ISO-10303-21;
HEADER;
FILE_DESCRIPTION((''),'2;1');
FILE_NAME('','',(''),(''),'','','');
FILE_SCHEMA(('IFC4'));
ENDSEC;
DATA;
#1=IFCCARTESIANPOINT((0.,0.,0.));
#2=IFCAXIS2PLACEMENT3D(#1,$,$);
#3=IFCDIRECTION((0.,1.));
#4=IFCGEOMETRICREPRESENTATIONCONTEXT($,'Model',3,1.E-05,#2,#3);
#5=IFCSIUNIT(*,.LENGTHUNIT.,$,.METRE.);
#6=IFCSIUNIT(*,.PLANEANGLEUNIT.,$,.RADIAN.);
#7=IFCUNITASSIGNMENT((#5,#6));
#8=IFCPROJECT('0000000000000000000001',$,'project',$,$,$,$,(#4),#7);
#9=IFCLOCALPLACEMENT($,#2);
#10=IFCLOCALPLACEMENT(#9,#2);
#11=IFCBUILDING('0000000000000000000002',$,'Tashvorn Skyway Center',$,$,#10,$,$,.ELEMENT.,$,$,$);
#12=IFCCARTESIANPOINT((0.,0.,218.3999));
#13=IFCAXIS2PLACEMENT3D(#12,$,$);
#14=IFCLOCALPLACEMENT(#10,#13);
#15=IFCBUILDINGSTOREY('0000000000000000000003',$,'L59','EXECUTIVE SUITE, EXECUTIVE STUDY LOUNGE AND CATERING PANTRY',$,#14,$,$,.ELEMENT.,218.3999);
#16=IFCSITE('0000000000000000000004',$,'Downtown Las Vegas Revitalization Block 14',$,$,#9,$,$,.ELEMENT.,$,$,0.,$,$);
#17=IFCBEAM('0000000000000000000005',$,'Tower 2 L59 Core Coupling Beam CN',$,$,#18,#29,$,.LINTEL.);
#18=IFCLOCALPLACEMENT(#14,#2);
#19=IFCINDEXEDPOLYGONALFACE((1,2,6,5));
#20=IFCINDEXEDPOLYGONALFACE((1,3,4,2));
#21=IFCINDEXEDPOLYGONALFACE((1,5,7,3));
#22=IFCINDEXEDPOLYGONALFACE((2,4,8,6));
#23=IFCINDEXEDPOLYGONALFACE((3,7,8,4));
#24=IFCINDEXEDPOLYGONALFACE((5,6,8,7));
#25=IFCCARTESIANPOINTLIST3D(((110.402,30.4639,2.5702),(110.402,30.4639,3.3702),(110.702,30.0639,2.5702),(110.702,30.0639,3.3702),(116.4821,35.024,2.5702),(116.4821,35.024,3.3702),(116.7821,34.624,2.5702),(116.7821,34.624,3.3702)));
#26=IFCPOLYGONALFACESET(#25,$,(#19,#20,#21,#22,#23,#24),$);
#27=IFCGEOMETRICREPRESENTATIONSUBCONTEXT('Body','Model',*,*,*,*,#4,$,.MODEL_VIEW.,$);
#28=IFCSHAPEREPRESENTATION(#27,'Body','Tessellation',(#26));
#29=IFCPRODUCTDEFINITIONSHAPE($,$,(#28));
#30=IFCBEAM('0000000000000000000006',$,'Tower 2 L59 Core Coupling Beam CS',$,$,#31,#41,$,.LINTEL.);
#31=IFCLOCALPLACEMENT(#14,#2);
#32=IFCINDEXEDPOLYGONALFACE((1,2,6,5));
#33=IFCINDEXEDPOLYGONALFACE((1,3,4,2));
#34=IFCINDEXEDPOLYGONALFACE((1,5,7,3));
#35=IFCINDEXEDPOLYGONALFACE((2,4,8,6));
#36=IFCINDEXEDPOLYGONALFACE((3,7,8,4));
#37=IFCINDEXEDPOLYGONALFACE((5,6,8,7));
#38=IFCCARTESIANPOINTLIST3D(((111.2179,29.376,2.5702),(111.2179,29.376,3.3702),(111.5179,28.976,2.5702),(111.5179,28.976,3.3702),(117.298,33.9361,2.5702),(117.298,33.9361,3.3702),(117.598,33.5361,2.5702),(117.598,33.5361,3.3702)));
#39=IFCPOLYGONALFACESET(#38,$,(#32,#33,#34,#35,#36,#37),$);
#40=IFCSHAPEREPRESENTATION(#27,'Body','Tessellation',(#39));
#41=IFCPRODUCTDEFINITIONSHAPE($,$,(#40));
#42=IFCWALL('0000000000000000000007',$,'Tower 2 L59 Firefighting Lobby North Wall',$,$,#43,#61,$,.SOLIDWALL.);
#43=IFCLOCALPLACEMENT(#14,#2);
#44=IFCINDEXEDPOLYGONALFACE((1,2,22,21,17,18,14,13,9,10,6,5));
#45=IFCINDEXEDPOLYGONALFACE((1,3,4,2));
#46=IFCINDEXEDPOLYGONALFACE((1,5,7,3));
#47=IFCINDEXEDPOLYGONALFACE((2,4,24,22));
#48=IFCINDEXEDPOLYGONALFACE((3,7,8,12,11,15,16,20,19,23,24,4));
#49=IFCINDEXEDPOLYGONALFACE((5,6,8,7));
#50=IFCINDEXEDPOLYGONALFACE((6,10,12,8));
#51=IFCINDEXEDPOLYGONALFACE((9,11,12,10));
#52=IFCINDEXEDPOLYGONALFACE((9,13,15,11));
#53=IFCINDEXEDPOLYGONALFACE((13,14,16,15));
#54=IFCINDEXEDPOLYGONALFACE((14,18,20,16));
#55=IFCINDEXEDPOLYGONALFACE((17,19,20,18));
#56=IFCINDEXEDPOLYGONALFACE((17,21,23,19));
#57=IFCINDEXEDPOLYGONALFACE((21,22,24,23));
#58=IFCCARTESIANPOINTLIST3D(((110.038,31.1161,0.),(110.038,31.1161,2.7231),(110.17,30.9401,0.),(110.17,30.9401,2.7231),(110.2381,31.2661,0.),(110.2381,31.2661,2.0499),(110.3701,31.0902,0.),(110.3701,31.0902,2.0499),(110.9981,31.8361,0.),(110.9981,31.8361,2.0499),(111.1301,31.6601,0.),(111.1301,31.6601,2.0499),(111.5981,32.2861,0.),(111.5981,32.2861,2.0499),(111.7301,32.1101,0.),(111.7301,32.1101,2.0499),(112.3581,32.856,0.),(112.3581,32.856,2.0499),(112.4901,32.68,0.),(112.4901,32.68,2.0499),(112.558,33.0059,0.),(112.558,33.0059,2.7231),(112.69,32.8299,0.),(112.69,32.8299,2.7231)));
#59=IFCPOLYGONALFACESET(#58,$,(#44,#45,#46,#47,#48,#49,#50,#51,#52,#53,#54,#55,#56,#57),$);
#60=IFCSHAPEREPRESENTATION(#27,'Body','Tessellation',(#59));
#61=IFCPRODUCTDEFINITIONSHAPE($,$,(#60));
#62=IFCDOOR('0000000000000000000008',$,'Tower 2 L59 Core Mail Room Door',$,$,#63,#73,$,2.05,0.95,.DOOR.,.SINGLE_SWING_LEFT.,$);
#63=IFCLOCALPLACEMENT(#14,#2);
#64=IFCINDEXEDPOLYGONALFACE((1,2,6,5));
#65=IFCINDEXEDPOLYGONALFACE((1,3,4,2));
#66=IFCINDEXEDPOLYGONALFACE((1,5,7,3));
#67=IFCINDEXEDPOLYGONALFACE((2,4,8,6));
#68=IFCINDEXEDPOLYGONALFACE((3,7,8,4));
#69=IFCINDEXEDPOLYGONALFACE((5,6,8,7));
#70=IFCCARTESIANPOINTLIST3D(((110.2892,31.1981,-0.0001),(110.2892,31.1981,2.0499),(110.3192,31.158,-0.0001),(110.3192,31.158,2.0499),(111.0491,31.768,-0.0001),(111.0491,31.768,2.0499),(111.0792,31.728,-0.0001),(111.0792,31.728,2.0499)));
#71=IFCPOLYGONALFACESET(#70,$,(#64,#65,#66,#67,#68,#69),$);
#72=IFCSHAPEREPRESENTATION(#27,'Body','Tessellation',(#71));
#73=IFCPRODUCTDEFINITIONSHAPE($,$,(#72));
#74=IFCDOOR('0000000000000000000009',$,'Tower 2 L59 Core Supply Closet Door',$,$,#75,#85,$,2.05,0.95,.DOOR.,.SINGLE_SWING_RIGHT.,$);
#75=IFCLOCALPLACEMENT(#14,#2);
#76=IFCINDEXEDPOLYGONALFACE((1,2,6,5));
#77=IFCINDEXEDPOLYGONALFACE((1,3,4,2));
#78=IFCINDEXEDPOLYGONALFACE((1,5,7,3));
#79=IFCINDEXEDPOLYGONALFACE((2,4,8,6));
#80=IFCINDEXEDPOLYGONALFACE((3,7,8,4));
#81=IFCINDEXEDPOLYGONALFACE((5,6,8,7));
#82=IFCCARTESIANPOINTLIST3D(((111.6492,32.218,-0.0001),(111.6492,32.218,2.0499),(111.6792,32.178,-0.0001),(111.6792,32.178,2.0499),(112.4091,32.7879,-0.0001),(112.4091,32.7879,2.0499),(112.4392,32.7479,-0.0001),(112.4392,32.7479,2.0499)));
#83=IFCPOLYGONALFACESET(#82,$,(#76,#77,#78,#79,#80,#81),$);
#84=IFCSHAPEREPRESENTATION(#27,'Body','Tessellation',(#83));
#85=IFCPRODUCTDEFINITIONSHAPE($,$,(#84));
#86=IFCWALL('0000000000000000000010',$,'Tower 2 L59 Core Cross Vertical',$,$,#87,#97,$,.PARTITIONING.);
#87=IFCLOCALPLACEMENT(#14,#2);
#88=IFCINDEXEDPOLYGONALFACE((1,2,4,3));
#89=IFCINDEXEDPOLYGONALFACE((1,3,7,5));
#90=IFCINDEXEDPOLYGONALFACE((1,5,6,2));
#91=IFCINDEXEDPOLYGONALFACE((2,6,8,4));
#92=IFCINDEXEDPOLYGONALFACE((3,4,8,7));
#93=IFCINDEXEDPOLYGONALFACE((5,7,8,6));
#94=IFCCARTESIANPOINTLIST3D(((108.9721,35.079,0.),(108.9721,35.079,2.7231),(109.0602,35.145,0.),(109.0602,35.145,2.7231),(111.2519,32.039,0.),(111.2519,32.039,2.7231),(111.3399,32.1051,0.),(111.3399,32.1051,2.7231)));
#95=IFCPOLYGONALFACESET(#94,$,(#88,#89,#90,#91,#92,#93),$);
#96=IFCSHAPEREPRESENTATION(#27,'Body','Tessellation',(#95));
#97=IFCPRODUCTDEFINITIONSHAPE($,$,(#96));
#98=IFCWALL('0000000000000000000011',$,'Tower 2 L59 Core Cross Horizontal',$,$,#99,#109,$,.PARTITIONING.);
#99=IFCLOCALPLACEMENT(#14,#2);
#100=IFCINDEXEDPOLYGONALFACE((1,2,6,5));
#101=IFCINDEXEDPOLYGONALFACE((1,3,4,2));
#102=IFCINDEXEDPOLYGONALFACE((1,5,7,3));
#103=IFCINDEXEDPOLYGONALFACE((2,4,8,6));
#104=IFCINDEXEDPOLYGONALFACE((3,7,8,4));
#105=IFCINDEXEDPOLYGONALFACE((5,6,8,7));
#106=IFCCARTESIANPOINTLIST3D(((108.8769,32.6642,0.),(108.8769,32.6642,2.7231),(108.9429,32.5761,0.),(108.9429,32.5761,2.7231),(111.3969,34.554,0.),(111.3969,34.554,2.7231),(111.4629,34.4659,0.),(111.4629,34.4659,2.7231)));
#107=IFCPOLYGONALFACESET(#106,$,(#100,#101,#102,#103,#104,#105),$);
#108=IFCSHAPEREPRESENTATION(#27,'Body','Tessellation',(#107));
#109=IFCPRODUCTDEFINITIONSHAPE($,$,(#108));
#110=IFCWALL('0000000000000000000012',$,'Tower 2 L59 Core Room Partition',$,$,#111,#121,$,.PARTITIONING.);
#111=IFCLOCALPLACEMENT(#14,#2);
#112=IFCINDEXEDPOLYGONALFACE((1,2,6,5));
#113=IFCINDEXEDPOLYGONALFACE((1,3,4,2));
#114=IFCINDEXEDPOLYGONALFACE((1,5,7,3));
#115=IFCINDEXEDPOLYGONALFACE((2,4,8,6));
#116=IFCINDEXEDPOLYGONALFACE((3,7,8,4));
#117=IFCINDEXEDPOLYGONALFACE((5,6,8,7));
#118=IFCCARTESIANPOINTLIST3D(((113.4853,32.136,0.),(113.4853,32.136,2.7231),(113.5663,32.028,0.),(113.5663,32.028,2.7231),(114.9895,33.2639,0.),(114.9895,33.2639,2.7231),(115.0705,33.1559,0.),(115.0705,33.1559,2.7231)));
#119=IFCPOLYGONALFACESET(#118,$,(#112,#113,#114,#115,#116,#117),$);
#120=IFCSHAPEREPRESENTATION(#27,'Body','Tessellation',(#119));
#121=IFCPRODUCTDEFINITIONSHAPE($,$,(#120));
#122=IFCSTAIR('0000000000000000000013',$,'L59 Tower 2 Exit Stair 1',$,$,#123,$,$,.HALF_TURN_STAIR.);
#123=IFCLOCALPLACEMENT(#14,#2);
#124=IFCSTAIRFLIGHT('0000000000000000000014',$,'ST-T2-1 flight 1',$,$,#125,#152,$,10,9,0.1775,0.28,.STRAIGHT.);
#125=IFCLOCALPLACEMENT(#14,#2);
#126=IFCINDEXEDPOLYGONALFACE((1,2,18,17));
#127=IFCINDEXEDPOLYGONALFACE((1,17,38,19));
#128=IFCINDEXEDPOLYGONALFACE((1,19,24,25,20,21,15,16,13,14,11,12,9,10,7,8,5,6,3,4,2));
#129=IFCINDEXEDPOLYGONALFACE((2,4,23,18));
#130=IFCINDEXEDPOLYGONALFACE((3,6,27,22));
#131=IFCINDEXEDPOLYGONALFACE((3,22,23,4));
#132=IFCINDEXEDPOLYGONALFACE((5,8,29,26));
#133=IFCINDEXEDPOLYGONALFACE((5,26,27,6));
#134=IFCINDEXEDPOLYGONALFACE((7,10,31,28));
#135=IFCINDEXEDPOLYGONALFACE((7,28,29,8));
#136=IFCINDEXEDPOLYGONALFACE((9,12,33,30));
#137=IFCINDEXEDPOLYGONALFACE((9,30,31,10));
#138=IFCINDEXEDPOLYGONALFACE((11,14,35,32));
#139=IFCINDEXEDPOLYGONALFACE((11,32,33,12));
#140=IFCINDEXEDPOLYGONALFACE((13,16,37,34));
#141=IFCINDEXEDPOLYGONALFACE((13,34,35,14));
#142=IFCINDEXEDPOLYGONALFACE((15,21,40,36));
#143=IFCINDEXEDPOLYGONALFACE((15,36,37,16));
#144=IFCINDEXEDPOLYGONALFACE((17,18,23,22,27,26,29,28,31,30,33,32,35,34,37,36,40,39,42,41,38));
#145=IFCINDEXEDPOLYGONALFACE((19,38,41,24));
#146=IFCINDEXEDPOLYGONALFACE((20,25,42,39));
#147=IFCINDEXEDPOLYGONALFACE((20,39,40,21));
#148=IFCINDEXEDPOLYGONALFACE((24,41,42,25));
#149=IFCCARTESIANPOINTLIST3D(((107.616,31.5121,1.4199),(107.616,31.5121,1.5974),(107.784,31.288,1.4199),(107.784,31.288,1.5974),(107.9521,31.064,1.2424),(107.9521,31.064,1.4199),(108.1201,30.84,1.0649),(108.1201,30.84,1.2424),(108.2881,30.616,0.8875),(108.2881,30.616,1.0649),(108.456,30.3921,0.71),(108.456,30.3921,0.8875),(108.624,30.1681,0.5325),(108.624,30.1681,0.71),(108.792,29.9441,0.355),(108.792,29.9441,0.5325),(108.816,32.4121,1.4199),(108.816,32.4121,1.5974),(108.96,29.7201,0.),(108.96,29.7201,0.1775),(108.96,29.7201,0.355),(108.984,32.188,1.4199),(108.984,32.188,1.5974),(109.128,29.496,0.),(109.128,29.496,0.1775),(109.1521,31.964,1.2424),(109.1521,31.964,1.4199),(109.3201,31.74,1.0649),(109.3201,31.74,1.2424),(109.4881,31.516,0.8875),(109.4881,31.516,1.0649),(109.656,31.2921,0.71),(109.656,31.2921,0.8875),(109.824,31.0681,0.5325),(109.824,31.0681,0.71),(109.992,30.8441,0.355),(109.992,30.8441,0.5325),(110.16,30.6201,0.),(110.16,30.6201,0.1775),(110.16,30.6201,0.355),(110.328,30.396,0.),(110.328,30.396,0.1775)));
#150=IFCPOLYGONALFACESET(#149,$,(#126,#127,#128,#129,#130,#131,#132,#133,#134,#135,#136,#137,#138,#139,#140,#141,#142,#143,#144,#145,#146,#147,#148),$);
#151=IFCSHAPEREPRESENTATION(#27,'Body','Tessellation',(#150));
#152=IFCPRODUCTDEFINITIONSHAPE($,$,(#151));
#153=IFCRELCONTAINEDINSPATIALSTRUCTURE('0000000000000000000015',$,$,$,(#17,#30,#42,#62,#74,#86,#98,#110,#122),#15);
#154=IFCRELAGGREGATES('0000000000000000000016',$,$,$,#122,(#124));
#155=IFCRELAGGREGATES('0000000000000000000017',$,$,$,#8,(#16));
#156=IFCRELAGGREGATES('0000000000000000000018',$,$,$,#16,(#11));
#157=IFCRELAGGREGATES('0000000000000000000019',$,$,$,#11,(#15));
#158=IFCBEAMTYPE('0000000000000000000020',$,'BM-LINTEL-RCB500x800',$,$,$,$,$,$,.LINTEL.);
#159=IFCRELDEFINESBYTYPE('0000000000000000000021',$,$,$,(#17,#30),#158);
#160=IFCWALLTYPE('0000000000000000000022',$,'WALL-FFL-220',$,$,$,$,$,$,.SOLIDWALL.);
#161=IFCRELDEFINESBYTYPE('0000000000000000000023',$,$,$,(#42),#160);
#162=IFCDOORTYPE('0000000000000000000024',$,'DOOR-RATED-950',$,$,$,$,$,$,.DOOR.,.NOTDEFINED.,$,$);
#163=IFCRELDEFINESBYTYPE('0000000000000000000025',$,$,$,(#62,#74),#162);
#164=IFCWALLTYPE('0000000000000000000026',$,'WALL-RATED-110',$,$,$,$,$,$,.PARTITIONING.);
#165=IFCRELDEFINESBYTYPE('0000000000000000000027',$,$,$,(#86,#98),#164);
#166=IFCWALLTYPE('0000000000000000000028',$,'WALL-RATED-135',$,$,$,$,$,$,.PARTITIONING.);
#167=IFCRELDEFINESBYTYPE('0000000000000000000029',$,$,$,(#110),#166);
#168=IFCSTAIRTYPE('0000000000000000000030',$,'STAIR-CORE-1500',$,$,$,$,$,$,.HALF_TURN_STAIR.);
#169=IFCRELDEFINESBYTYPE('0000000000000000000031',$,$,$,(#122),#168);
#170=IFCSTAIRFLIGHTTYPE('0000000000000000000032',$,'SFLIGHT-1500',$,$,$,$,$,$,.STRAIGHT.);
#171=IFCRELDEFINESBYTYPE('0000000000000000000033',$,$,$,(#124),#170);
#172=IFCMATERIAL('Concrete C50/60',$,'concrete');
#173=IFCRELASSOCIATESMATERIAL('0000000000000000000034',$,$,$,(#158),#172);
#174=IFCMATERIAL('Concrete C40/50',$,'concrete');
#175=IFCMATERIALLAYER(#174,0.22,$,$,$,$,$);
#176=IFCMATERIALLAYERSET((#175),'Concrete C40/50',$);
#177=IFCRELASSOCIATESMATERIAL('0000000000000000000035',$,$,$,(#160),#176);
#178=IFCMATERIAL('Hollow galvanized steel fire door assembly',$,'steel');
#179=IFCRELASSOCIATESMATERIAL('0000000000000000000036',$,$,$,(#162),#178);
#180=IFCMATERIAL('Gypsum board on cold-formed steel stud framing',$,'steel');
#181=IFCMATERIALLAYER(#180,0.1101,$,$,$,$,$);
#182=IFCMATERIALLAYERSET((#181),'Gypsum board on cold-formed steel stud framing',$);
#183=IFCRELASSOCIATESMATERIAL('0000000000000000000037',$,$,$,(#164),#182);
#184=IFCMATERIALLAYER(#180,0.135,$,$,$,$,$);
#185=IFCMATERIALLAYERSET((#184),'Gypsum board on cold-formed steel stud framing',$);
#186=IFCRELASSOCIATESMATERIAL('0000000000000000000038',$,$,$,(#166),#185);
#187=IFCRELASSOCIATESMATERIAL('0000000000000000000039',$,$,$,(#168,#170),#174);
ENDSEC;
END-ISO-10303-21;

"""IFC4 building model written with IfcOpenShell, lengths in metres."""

from ifc_helpers import new_model, si_unit, direction, frame, frame_2d, origin, origin_2d, place, context, subcontext, project, spatial, polyline, rectangle, outline, extrude, material, layer, layer_set, material_profile, profile_set, type_object, element, fill, aggregate, save


model = new_model("IFC4")

# Units and contexts
model_context = context("Model", 3, precision=1e-05, world=origin(), true_north=direction((0.0, 1.0)))
body_context = subcontext(model_context, "Body", "Model", "MODEL_VIEW")
ifc_project = project(units=[si_unit("LENGTHUNIT", "METRE"), si_unit("PLANEANGLEUNIT", "RADIAN")], contexts=[model_context])

# Site, building, storey
site_placement = place(None, origin())
site = spatial("IfcSite", under=ifc_project, at=site_placement, Name="Downtown Las Vegas Revitalization Block 14", CompositionType="ELEMENT", RefElevation=0.0)
building_placement = place(site_placement, origin())
building = spatial("IfcBuilding", under=site, at=building_placement, Name="Tashvorn Skyway Center", CompositionType="ELEMENT")
storey_placement = place(building_placement, frame((0.0, 0.0, 218.3999)))
storey = spatial("IfcBuildingStorey", under=building, at=storey_placement, Name="L59", Description="EXECUTIVE SUITE, EXECUTIVE STUDY LOUNGE AND CATERING PANTRY", CompositionType="ELEMENT", Elevation=218.3999)

# Beams
ifc_material_1 = material(Name="Concrete C50/60", Category="concrete")
ifc_material_profile = material_profile(ifc_material_1, rectangle(XDim=0.5, YDim=0.8, at=origin_2d()), Name="RCB500x800")
ifc_profile_set = profile_set([ifc_material_profile], Name="Concrete C50/60")
beam_type = type_object("IfcBeamType", Name="BM-LINTEL-RCB500x800", PredefinedType="LINTEL", material=ifc_profile_set)
for number, where, z_axis, x_axis, name in (
    (1, (110.552, 30.2639, 2.9702), (0.8, 0.6, 0.0), (-0.6, 0.8, 0.0), "Tower 2 L59 Core Coupling Beam CN"),
    (2, (111.3679, 29.176, 2.9702), (0.8, 0.6, 0.0), (-0.6, 0.8, 0.0), "Tower 2 L59 Core Coupling Beam CS"),
):
    element("IfcBeam", number, at=place(storey_placement, frame(where, z_axis=z_axis, x_axis=x_axis)), inside=storey, type_object=beam_type, Name=name, PredefinedType="LINTEL", context=body_context, shape_type="SweptSolid", body=[
        extrude(rectangle(XDim=0.5, YDim=0.8, at=origin_2d()), origin(), (0.0, 0.0, 1.0), 7.6001),
    ])

# Wall, openings, doors
ifc_material_2 = material(Name="Concrete C40/50", Category="concrete")
ifc_layer_1 = layer(ifc_material_2, 0.22)
ifc_layer_set_1 = layer_set([ifc_layer_1], Name="Concrete C40/50")
wall_type_1 = type_object("IfcWallType", Name="WALL-FFL-220", PredefinedType="SOLIDWALL", material=ifc_layer_set_1)
wall_1_placement = place(storey_placement, frame((110.104, 31.0281, 0.0), z_axis=(0.0, 0.0, 1.0), x_axis=(0.800019, 0.599975, 0.0)))
wall_1 = element("IfcWall", 3, at=wall_1_placement, inside=storey, type_object=wall_type_1, Name="Tower 2 L59 Firefighting Lobby North Wall", PredefinedType="SOLIDWALL", context=body_context, shape_type="SweptSolid", body=[
    extrude(rectangle(XDim=3.1499, YDim=0.22, at=frame_2d((1.575, 0.0))), origin(), (0.0, 0.0, 1.0), 2.7231),
])
opening_1_placement = place(wall_1_placement, frame((0.25, 0.0, 0.0)))
opening_1 = element("IfcOpeningElement", 4, at=opening_1_placement, cuts=wall_1, PredefinedType="OPENING", context=body_context, shape_type="SweptSolid", body=[
    extrude(rectangle(XDim=0.95, YDim=2.05, at=frame_2d((0.4751, 1.0249))), frame((0.0, 0.1199, 0.0), z_axis=(0.0, -1.0, 0.0), x_axis=(1.0, 0.0, 0.0)), (0.0, 0.0, 1.0), 0.24),
])
opening_2_placement = place(wall_1_placement, frame((1.95, 0.0, 0.0)))
opening_2 = element("IfcOpeningElement", 5, at=opening_2_placement, cuts=wall_1, PredefinedType="OPENING", context=body_context, shape_type="SweptSolid", body=[
    extrude(rectangle(XDim=0.95, YDim=2.05, at=frame_2d((0.4751, 1.0249))), frame((0.0, 0.1199, 0.0), z_axis=(0.0, -1.0, 0.0), x_axis=(1.0, 0.0, 0.0)), (0.0, 0.0, 1.0), 0.24),
])
ifc_material_3 = material(Name="Hollow galvanized steel fire door assembly", Category="steel")
door_type = type_object("IfcDoorType", Name="DOOR-RATED-950", OperationType="NOTDEFINED", PredefinedType="DOOR", material=ifc_material_3)
door_1_placement = place(opening_1_placement, origin())
door_1 = element("IfcDoor", 6, at=door_1_placement, inside=storey, type_object=door_type, Name="Tower 2 L59 Core Mail Room Door", OperationType="SINGLE_SWING_LEFT", OverallHeight=2.05, OverallWidth=0.95, PredefinedType="DOOR", context=body_context, shape_type="SweptSolid", body=[
    extrude(rectangle(XDim=0.95, YDim=2.05, at=frame_2d((0.4751, 1.0249))), frame((0.0, 0.0249, 0.0), z_axis=(0.0, -1.0, 0.0), x_axis=(1.0, 0.0, 0.0)), (0.0, 0.0, 1.0), 0.05),
])
fill(opening_1, door_1)
door_2_placement = place(opening_2_placement, origin())
door_2 = element("IfcDoor", 7, at=door_2_placement, inside=storey, type_object=door_type, Name="Tower 2 L59 Core Supply Closet Door", OperationType="SINGLE_SWING_RIGHT", OverallHeight=2.05, OverallWidth=0.95, PredefinedType="DOOR", context=body_context, shape_type="SweptSolid", body=[
    extrude(rectangle(XDim=0.95, YDim=2.05, at=frame_2d((0.4751, 1.0249))), frame((0.0, 0.0249, 0.0), z_axis=(0.0, -1.0, 0.0), x_axis=(1.0, 0.0, 0.0)), (0.0, 0.0, 1.0), 0.05),
])
fill(opening_2, door_2)

# Walls
ifc_material_4 = material(Name="Gypsum board on cold-formed steel stud framing", Category="steel")
ifc_layer_2 = layer(ifc_material_4, 0.1101)
ifc_layer_set_2 = layer_set([ifc_layer_2], Name="Gypsum board on cold-formed steel stud framing")
wall_type_2 = type_object("IfcWallType", Name="WALL-RATED-110", PredefinedType="PARTITIONING", material=ifc_layer_set_2)
wall_2_placement = place(storey_placement, frame((111.2959, 32.072, 0.0), z_axis=(0.0, 0.0, 1.0), x_axis=(-0.599959, 0.800031, 0.0)))
element("IfcWall", 8, at=wall_2_placement, inside=storey, type_object=wall_type_2, Name="Tower 2 L59 Core Cross Vertical", PredefinedType="PARTITIONING", context=body_context, shape_type="SweptSolid", body=[
    extrude(rectangle(XDim=3.7998, YDim=0.1101, at=frame_2d((1.8999, 0.0))), origin(), (0.0, 0.0, 1.0), 2.7231),
])
wall_3_placement = place(storey_placement, frame((108.9099, 32.6201, 0.0), z_axis=(0.0, 0.0, 1.0), x_axis=(0.800019, 0.599975, 0.0)))
element("IfcWall", 9, at=wall_3_placement, inside=storey, type_object=wall_type_2, Name="Tower 2 L59 Core Cross Horizontal", PredefinedType="PARTITIONING", context=body_context, shape_type="SweptSolid", body=[
    extrude(rectangle(XDim=3.1499, YDim=0.1101, at=frame_2d((1.575, 0.0))), origin(), (0.0, 0.0, 1.0), 2.7231),
])
ifc_layer_3 = layer(ifc_material_4, 0.135)
ifc_layer_set_3 = layer_set([ifc_layer_3], Name="Gypsum board on cold-formed steel stud framing")
wall_type_3 = type_object("IfcWallType", Name="WALL-RATED-135", PredefinedType="PARTITIONING", material=ifc_layer_set_3)
wall_4_placement = place(storey_placement, frame((113.5259, 32.082, 0.0), z_axis=(0.0, 0.0, 1.0), x_axis=(0.800047, 0.599938, 0.0)))
element("IfcWall", 10, at=wall_4_placement, inside=storey, type_object=wall_type_3, Name="Tower 2 L59 Core Room Partition", PredefinedType="PARTITIONING", context=body_context, shape_type="SweptSolid", body=[
    extrude(rectangle(XDim=1.8801, YDim=0.135, at=frame_2d((0.9399, 0.0))), origin(), (0.0, 0.0, 1.0), 2.7231),
])

# Stair, stair flight
stair_type = type_object("IfcStairType", Name="STAIR-CORE-1500", PredefinedType="HALF_TURN_STAIR", material=ifc_material_2)
stair_placement = place(storey_placement, origin())
stair = element("IfcStair", 11, at=stair_placement, inside=storey, type_object=stair_type, Name="L59 Tower 2 Exit Stair 1", PredefinedType="HALF_TURN_STAIR")
stair_flight_type = type_object("IfcStairFlightType", Name="SFLIGHT-1500", PredefinedType="STRAIGHT", material=ifc_material_2)
stair_flight_1_placement = place(storey_placement, frame((109.728, 29.946, 0.0), z_axis=(0.0, 0.0, 1.0), x_axis=(-0.6, 0.8, 0.0)))
stair_flight_1 = element("IfcStairFlight", 12, at=stair_flight_1_placement, type_object=stair_flight_type, Name="ST-T2-1 flight 1", NumberOfRisers=10, NumberOfTreads=9, PredefinedType="STRAIGHT", RiserHeight=0.1775, TreadLength=0.28, context=body_context, shape_type="SweptSolid", body=[
    extrude(outline(polyline([(0.0, 0.0), (0.0, 0.1775), (0.28, 0.1775), (0.28, 0.355), (0.5601, 0.355), (0.5601, 0.5325), (0.8401, 0.5325), (0.8401, 0.71), (1.1201, 0.71), (1.1201, 0.8875), (1.3999, 0.8875), (1.3999, 1.0649), (1.6799, 1.0649), (1.6799, 1.2424), (1.96, 1.2424), (1.96, 1.4199), (2.24, 1.4199), (2.24, 1.5974), (2.52, 1.5974), (2.52, 1.7749), (2.52, 1.4199), (0.28, 0.0), (0.0, 0.0)])), frame((0.0, 0.75, 0.0), z_axis=(0.0, -1.0, 0.0), x_axis=(1.0, 0.0, 0.0)), (0.0, 0.0, 1.0), 1.5),
])
aggregate(stair, [stair_flight_1])

save(model, "model.ifc")
